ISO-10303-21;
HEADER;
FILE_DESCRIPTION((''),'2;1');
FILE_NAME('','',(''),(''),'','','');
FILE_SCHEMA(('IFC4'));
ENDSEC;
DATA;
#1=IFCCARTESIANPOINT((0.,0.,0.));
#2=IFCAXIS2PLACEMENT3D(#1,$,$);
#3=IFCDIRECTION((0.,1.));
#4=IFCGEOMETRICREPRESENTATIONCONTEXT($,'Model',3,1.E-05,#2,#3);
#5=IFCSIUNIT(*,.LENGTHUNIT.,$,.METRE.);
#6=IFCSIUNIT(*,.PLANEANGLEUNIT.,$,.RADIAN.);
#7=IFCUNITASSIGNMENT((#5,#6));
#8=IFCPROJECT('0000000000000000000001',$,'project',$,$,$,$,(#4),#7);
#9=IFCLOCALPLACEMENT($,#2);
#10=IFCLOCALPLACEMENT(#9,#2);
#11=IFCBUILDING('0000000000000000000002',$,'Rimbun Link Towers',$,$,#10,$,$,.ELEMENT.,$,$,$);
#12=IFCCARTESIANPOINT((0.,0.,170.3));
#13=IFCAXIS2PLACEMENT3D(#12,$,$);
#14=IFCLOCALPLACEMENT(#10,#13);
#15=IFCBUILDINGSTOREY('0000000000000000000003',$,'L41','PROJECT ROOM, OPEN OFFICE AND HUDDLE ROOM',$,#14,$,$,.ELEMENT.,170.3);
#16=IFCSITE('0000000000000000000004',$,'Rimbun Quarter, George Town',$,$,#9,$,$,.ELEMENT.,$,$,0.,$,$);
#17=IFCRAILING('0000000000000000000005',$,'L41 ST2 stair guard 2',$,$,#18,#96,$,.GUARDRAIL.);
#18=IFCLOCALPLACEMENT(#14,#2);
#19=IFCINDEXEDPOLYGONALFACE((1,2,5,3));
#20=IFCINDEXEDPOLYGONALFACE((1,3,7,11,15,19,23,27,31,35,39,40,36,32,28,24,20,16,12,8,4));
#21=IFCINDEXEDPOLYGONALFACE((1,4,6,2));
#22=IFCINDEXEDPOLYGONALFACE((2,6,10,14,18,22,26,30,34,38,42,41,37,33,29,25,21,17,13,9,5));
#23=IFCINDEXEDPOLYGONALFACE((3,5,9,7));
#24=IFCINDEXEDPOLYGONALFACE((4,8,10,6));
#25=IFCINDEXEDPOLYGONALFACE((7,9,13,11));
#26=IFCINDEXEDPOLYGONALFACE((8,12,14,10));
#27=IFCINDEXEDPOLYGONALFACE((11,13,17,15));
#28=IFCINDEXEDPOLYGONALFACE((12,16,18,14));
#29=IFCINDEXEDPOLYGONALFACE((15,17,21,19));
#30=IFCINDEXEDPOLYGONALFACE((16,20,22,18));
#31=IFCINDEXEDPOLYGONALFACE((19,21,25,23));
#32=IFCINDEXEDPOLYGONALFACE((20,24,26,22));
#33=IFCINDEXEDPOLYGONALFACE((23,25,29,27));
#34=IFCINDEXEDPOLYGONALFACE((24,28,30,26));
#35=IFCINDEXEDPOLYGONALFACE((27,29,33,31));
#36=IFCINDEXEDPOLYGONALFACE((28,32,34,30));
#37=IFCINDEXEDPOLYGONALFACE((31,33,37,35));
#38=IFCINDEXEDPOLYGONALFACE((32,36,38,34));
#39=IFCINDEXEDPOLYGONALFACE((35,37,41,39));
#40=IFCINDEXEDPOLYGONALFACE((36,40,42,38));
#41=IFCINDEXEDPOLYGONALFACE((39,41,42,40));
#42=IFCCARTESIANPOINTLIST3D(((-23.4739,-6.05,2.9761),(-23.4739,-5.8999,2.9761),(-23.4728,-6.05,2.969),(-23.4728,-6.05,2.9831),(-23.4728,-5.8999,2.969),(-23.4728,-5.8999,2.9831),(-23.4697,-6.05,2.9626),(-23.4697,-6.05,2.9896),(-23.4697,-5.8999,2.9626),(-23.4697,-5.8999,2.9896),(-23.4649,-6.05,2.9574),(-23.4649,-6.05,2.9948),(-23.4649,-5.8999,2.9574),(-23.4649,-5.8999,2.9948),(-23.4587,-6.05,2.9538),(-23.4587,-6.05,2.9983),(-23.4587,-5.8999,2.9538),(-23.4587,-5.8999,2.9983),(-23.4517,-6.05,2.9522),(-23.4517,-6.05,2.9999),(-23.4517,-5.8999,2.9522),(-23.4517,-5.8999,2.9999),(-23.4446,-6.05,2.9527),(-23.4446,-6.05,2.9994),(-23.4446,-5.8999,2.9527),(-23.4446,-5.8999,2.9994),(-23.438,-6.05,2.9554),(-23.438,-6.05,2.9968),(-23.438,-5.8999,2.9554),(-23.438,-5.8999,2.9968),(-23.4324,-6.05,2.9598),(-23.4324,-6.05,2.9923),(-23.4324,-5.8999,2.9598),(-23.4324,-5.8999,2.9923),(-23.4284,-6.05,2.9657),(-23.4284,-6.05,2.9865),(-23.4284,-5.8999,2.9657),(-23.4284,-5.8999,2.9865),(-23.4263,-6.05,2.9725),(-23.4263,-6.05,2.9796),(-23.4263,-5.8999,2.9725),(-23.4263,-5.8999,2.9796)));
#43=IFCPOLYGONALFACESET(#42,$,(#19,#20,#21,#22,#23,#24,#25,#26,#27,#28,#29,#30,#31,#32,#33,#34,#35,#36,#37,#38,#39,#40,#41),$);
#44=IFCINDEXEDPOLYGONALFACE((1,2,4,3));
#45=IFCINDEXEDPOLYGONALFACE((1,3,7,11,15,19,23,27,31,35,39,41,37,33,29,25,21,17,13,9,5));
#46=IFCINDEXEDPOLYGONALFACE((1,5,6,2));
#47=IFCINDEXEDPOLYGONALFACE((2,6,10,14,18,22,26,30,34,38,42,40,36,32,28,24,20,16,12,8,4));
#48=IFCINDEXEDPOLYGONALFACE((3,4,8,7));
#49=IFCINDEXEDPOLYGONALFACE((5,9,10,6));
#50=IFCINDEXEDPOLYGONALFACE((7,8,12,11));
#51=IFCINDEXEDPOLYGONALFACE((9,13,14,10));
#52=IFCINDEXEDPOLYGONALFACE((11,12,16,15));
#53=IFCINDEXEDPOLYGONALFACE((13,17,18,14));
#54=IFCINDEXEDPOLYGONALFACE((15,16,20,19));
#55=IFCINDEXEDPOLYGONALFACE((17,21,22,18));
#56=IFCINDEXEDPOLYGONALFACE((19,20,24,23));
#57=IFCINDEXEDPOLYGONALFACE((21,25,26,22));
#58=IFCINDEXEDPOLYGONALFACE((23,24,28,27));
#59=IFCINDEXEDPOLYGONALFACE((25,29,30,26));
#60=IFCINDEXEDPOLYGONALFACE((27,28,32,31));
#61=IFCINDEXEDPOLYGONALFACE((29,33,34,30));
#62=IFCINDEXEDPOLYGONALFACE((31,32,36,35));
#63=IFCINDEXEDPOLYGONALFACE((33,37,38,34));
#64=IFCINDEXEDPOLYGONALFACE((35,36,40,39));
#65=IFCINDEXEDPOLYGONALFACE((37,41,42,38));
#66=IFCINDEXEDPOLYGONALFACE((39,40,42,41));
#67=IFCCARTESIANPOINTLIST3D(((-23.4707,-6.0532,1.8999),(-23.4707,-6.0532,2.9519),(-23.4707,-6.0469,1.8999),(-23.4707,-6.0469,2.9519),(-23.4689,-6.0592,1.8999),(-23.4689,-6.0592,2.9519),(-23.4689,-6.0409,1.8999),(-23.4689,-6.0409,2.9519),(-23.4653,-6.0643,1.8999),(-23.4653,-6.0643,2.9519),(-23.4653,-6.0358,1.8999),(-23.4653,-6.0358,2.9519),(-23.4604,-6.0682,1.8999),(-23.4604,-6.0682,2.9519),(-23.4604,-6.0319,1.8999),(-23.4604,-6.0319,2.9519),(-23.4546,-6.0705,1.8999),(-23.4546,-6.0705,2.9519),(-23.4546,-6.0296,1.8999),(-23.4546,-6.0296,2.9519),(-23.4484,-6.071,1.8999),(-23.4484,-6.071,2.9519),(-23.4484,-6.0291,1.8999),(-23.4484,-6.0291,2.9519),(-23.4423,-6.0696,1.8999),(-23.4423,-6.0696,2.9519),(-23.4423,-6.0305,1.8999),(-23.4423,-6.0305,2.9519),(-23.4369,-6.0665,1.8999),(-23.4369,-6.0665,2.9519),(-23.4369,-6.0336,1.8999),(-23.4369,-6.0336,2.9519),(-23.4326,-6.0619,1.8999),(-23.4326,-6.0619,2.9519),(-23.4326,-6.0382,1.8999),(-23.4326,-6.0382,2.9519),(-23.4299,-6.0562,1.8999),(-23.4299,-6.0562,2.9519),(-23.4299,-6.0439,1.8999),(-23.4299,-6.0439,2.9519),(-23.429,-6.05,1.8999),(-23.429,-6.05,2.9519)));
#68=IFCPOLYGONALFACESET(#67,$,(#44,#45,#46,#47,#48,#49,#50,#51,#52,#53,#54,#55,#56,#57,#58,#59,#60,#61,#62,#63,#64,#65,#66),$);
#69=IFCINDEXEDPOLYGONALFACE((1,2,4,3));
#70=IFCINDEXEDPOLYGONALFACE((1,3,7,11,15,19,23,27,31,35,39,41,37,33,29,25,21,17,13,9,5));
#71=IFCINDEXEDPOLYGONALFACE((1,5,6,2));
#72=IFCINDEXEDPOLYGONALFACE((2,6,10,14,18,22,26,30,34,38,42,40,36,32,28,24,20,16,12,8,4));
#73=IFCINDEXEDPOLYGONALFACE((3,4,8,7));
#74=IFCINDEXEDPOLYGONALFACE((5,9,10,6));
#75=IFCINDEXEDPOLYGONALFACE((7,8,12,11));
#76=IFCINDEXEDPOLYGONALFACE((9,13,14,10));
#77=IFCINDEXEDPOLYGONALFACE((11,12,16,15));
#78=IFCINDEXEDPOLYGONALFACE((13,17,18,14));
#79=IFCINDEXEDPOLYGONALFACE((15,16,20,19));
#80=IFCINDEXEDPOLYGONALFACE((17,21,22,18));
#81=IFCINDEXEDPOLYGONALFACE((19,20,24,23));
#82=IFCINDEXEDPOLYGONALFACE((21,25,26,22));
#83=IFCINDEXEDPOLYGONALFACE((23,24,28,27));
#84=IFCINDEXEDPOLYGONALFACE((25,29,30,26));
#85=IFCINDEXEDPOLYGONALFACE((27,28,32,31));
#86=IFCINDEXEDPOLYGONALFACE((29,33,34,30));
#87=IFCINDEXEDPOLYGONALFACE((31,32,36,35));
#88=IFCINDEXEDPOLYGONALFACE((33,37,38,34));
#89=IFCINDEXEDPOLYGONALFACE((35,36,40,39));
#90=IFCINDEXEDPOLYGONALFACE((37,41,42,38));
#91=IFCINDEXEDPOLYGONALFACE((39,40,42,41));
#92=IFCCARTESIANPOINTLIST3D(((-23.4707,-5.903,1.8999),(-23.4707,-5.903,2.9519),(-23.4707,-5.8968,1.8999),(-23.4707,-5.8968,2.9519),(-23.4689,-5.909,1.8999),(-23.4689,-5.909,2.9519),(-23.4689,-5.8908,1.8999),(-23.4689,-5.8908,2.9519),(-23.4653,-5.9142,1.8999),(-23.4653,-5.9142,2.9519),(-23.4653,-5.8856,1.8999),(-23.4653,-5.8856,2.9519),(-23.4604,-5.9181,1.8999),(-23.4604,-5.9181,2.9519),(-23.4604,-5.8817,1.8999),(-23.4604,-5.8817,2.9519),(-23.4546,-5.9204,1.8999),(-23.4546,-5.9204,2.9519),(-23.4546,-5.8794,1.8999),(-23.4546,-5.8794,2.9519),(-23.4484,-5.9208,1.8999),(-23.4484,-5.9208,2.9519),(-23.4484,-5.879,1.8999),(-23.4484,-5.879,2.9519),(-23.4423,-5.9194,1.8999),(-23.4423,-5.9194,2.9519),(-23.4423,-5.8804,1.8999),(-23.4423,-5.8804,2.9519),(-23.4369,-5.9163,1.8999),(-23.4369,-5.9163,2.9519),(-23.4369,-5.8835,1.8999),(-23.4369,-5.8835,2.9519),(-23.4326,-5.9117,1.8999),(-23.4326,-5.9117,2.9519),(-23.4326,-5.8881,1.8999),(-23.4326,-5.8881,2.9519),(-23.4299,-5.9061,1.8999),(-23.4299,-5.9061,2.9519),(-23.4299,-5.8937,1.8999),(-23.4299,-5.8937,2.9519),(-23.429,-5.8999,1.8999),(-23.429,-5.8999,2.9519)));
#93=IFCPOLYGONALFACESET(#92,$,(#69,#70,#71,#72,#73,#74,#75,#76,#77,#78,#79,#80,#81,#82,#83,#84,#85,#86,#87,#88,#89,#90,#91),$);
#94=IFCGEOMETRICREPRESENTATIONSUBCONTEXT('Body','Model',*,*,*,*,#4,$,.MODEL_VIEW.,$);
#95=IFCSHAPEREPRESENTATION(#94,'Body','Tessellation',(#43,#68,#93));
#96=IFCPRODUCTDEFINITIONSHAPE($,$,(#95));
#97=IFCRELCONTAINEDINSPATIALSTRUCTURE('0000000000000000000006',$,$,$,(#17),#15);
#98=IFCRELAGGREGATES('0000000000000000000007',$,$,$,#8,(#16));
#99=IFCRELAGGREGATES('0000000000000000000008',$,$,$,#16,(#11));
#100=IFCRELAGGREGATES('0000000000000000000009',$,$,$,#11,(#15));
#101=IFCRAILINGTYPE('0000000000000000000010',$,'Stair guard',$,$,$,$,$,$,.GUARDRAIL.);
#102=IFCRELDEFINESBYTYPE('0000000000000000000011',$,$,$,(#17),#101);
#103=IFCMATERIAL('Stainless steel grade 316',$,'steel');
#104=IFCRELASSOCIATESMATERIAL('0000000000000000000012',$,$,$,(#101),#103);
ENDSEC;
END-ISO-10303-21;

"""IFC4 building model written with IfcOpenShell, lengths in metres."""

from ifc_helpers import new_model, si_unit, direction, frame, origin, origin_2d, place, context, subcontext, project, spatial, circle, extrude, material, type_object, element, save


model = new_model("IFC4")

# Units and contexts
model_context = context("Model", 3, precision=1e-05, world=origin(), true_north=direction((0.0, 1.0)))
body_context = subcontext(model_context, "Body", "Model", "MODEL_VIEW")
ifc_project = project(units=[si_unit("LENGTHUNIT", "METRE"), si_unit("PLANEANGLEUNIT", "RADIAN")], contexts=[model_context])

# Site, building, storey
site_placement = place(None, origin())
site = spatial("IfcSite", under=ifc_project, at=site_placement, Name="Rimbun Quarter, George Town", CompositionType="ELEMENT", RefElevation=0.0)
building_placement = place(site_placement, origin())
building = spatial("IfcBuilding", under=site, at=building_placement, Name="Rimbun Link Towers", CompositionType="ELEMENT")
storey_placement = place(building_placement, frame((0.0, 0.0, 170.3)))
storey = spatial("IfcBuildingStorey", under=building, at=storey_placement, Name="L41", Description="PROJECT ROOM, OPEN OFFICE AND HUDDLE ROOM", CompositionType="ELEMENT", Elevation=170.3)

# Railing
ifc_material_1 = material(Name="Stainless steel grade 316", Category="steel")
railing_type_1 = type_object("IfcRailingType", Name="Stair guard", PredefinedType="GUARDRAIL", material=ifc_material_1)
railing_1_placement = place(storey_placement, frame((-23.45, -6.05, 1.8999)))
element("IfcRailing", 1, at=railing_1_placement, inside=storey, type_object=railing_type_1, Name="L41 ST2 stair guard 2", PredefinedType="GUARDRAIL", context=body_context, shape_type="SweptSolid", body=[
    extrude(circle(Radius=0.0239, at=origin_2d()), frame((0.0, 0.0, 1.0762), z_axis=(0.0, 1.0, 0.0), x_axis=(-1.0, 0.0, 0.0)), (0.0, 0.0, 1.0), 0.1501),
    extrude(circle(Radius=0.021, at=origin_2d()), origin(), (0.0, 0.0, 1.0), 1.052),
    extrude(circle(Radius=0.021, at=origin_2d()), frame((0.0, 0.1501, 0.0)), (0.0, 0.0, 1.0), 1.052),
])

save(model, "model.ifc")
